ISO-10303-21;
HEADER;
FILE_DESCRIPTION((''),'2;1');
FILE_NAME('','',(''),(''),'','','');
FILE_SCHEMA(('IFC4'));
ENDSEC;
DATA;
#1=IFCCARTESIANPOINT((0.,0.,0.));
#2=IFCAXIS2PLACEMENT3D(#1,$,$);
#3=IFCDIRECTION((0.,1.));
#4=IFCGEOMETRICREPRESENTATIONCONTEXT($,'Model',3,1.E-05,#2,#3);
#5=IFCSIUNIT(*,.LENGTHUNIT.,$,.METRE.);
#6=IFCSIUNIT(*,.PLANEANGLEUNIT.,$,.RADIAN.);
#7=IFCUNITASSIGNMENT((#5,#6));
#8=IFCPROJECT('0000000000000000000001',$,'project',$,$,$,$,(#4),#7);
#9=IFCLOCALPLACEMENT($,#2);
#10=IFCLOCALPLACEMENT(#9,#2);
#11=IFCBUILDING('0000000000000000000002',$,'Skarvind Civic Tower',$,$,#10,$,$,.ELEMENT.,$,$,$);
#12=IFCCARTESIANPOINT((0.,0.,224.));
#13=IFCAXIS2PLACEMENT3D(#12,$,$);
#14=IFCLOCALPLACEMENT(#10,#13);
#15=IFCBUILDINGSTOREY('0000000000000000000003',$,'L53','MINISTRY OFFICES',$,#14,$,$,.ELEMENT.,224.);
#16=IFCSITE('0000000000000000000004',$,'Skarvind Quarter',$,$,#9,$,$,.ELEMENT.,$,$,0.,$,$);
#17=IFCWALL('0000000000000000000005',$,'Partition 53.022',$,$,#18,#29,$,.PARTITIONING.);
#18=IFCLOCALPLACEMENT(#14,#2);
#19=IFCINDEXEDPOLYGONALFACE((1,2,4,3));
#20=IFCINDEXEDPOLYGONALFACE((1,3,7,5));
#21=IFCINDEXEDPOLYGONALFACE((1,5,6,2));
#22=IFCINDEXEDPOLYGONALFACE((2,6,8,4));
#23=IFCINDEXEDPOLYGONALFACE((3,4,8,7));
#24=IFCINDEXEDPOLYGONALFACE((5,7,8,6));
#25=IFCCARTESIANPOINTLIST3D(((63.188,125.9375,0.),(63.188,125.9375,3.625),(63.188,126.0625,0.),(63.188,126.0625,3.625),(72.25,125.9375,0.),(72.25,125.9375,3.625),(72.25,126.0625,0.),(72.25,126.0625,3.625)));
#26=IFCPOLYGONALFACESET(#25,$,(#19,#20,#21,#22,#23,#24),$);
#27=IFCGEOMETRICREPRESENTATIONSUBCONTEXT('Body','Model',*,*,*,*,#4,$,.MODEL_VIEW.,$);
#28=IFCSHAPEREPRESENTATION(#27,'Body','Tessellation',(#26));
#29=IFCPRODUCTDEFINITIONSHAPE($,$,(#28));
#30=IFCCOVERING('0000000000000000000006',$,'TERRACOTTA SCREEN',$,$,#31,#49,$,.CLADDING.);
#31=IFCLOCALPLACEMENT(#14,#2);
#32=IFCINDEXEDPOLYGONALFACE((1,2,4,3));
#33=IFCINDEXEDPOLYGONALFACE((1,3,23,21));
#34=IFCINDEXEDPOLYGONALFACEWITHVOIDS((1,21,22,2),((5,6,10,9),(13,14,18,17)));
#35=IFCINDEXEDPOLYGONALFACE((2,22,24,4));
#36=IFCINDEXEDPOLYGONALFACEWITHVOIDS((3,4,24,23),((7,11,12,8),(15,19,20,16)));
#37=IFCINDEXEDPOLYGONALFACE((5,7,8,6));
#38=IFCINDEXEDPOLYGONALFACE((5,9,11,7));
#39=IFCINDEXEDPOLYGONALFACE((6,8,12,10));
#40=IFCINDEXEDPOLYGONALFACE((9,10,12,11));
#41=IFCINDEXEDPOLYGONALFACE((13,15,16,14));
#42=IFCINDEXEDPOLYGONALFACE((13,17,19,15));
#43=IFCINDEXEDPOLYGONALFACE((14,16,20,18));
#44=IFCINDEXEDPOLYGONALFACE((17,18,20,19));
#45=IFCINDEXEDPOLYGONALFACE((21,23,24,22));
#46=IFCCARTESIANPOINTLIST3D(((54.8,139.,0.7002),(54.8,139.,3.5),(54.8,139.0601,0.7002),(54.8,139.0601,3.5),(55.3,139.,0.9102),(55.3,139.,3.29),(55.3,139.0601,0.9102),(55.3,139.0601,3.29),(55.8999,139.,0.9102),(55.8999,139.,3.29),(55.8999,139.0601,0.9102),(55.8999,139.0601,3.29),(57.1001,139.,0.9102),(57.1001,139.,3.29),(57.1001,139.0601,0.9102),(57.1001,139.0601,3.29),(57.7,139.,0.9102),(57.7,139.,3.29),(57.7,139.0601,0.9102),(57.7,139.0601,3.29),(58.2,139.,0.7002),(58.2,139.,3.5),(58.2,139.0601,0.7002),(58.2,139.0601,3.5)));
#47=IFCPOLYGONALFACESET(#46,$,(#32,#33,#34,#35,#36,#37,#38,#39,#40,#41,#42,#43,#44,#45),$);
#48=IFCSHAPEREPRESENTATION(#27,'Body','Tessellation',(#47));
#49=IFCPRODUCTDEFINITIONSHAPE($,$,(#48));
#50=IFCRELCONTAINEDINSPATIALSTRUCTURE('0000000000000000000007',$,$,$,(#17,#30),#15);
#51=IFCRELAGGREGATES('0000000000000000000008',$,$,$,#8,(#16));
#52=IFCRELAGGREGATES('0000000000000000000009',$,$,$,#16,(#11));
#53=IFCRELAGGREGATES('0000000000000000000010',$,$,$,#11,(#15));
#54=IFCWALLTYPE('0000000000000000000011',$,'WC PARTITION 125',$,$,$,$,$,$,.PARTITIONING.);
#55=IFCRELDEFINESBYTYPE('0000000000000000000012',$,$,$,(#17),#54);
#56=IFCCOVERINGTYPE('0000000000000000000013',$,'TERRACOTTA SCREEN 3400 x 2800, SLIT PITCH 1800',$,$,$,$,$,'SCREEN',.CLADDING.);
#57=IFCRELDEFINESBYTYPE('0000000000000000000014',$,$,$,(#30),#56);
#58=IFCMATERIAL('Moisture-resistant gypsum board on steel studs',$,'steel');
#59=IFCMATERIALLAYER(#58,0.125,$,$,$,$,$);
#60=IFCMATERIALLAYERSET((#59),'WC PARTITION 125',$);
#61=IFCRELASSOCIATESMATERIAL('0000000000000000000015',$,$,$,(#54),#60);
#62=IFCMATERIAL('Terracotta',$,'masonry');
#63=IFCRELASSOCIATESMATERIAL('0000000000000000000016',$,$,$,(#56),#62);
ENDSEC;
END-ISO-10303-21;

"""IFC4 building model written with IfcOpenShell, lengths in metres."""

from ifc_helpers import new_model, si_unit, direction, frame, frame_2d, origin, place, context, subcontext, project, spatial, polyline, rectangle, outline, extrude, material, layer, layer_set, material_profile, profile_set, type_object, element, save


model = new_model("IFC4")

# Units and contexts
model_context = context("Model", 3, precision=1e-05, world=origin(), true_north=direction((0.0, 1.0)))
body_context = subcontext(model_context, "Body", "Model", "MODEL_VIEW")
ifc_project = project(units=[si_unit("LENGTHUNIT", "METRE"), si_unit("PLANEANGLEUNIT", "RADIAN")], contexts=[model_context])

# Site, building, storey
site_placement = place(None, origin())
site = spatial("IfcSite", under=ifc_project, at=site_placement, Name="Skarvind Quarter", CompositionType="ELEMENT", RefElevation=0.0)
building_placement = place(site_placement, origin())
building = spatial("IfcBuilding", under=site, at=building_placement, Name="Skarvind Civic Tower", CompositionType="ELEMENT")
storey_placement = place(building_placement, frame((0.0, 0.0, 224.0)))
storey = spatial("IfcBuildingStorey", under=building, at=storey_placement, Name="L53", Description="MINISTRY OFFICES", CompositionType="ELEMENT", Elevation=224.0)

# Wall
ifc_material_1 = material(Name="Moisture-resistant gypsum board on steel studs", Category="steel")
ifc_layer_1 = layer(ifc_material_1, 0.125)
ifc_layer_set_1 = layer_set([ifc_layer_1], Name="WC PARTITION 125")
wall_type_1 = type_object("IfcWallType", Name="WC PARTITION 125", PredefinedType="PARTITIONING", material=ifc_layer_set_1)
wall_1_placement = place(storey_placement, frame((63.188, 126.0, 0.0), z_axis=(0.0, 0.0, 1.0), x_axis=(1.0, 0.0, 0.0)))
element("IfcWall", 1, at=wall_1_placement, inside=storey, type_object=wall_type_1, Name="Partition 53.022", PredefinedType="PARTITIONING", context=body_context, shape_type="SweptSolid", body=[
    extrude(rectangle(XDim=9.062, YDim=0.125, at=frame_2d((4.531, 0.0))), origin(), (0.0, 0.0, 1.0), 3.625),
])

# Covering
ifc_material_2 = material(Name="Terracotta", Category="masonry")
ifc_material_profile_1 = material_profile(ifc_material_2, outline(polyline([(-1.7, -1.3999), (1.7, -1.3999), (1.7, 1.3999), (-1.7, 1.3999), (-1.7, -1.3999)]), holes=[polyline([(-1.2, -1.1899), (-0.6001, -1.1899), (-0.6001, 1.1899), (-1.2, 1.1899), (-1.2, -1.1899)]), polyline([(0.6001, -1.1899), (1.2, -1.1899), (1.2, 1.1899), (0.6001, 1.1899), (0.6001, -1.1899)])]), Name="TERRACOTTA SCREEN 3400 x 2800, SLIT PITCH 1800")
ifc_profile_set_1 = profile_set([ifc_material_profile_1], Name="Terracotta")
covering_type = type_object("IfcCoveringType", Name="TERRACOTTA SCREEN 3400 x 2800, SLIT PITCH 1800", ElementType="SCREEN", PredefinedType="CLADDING", material=ifc_profile_set_1)
covering_placement = place(storey_placement, frame((56.5, 139.0, 2.1001), z_axis=(0.0, 1.0, 0.0), x_axis=(-1.0, 0.0, 0.0)))
element("IfcCovering", 2, at=covering_placement, inside=storey, type_object=covering_type, Name="TERRACOTTA SCREEN", PredefinedType="CLADDING", context=body_context, shape_type="SweptSolid", body=[
    extrude(outline(polyline([(-1.7, -1.3999), (1.7, -1.3999), (1.7, 1.3999), (-1.7, 1.3999), (-1.7, -1.3999)]), holes=[polyline([(-1.2, -1.1899), (-0.6001, -1.1899), (-0.6001, 1.1899), (-1.2, 1.1899), (-1.2, -1.1899)]), polyline([(0.6001, -1.1899), (1.2, -1.1899), (1.2, 1.1899), (0.6001, 1.1899), (0.6001, -1.1899)])]), origin(), (0.0, 0.0, 1.0), 0.0601),
])

save(model, "model.ifc")
